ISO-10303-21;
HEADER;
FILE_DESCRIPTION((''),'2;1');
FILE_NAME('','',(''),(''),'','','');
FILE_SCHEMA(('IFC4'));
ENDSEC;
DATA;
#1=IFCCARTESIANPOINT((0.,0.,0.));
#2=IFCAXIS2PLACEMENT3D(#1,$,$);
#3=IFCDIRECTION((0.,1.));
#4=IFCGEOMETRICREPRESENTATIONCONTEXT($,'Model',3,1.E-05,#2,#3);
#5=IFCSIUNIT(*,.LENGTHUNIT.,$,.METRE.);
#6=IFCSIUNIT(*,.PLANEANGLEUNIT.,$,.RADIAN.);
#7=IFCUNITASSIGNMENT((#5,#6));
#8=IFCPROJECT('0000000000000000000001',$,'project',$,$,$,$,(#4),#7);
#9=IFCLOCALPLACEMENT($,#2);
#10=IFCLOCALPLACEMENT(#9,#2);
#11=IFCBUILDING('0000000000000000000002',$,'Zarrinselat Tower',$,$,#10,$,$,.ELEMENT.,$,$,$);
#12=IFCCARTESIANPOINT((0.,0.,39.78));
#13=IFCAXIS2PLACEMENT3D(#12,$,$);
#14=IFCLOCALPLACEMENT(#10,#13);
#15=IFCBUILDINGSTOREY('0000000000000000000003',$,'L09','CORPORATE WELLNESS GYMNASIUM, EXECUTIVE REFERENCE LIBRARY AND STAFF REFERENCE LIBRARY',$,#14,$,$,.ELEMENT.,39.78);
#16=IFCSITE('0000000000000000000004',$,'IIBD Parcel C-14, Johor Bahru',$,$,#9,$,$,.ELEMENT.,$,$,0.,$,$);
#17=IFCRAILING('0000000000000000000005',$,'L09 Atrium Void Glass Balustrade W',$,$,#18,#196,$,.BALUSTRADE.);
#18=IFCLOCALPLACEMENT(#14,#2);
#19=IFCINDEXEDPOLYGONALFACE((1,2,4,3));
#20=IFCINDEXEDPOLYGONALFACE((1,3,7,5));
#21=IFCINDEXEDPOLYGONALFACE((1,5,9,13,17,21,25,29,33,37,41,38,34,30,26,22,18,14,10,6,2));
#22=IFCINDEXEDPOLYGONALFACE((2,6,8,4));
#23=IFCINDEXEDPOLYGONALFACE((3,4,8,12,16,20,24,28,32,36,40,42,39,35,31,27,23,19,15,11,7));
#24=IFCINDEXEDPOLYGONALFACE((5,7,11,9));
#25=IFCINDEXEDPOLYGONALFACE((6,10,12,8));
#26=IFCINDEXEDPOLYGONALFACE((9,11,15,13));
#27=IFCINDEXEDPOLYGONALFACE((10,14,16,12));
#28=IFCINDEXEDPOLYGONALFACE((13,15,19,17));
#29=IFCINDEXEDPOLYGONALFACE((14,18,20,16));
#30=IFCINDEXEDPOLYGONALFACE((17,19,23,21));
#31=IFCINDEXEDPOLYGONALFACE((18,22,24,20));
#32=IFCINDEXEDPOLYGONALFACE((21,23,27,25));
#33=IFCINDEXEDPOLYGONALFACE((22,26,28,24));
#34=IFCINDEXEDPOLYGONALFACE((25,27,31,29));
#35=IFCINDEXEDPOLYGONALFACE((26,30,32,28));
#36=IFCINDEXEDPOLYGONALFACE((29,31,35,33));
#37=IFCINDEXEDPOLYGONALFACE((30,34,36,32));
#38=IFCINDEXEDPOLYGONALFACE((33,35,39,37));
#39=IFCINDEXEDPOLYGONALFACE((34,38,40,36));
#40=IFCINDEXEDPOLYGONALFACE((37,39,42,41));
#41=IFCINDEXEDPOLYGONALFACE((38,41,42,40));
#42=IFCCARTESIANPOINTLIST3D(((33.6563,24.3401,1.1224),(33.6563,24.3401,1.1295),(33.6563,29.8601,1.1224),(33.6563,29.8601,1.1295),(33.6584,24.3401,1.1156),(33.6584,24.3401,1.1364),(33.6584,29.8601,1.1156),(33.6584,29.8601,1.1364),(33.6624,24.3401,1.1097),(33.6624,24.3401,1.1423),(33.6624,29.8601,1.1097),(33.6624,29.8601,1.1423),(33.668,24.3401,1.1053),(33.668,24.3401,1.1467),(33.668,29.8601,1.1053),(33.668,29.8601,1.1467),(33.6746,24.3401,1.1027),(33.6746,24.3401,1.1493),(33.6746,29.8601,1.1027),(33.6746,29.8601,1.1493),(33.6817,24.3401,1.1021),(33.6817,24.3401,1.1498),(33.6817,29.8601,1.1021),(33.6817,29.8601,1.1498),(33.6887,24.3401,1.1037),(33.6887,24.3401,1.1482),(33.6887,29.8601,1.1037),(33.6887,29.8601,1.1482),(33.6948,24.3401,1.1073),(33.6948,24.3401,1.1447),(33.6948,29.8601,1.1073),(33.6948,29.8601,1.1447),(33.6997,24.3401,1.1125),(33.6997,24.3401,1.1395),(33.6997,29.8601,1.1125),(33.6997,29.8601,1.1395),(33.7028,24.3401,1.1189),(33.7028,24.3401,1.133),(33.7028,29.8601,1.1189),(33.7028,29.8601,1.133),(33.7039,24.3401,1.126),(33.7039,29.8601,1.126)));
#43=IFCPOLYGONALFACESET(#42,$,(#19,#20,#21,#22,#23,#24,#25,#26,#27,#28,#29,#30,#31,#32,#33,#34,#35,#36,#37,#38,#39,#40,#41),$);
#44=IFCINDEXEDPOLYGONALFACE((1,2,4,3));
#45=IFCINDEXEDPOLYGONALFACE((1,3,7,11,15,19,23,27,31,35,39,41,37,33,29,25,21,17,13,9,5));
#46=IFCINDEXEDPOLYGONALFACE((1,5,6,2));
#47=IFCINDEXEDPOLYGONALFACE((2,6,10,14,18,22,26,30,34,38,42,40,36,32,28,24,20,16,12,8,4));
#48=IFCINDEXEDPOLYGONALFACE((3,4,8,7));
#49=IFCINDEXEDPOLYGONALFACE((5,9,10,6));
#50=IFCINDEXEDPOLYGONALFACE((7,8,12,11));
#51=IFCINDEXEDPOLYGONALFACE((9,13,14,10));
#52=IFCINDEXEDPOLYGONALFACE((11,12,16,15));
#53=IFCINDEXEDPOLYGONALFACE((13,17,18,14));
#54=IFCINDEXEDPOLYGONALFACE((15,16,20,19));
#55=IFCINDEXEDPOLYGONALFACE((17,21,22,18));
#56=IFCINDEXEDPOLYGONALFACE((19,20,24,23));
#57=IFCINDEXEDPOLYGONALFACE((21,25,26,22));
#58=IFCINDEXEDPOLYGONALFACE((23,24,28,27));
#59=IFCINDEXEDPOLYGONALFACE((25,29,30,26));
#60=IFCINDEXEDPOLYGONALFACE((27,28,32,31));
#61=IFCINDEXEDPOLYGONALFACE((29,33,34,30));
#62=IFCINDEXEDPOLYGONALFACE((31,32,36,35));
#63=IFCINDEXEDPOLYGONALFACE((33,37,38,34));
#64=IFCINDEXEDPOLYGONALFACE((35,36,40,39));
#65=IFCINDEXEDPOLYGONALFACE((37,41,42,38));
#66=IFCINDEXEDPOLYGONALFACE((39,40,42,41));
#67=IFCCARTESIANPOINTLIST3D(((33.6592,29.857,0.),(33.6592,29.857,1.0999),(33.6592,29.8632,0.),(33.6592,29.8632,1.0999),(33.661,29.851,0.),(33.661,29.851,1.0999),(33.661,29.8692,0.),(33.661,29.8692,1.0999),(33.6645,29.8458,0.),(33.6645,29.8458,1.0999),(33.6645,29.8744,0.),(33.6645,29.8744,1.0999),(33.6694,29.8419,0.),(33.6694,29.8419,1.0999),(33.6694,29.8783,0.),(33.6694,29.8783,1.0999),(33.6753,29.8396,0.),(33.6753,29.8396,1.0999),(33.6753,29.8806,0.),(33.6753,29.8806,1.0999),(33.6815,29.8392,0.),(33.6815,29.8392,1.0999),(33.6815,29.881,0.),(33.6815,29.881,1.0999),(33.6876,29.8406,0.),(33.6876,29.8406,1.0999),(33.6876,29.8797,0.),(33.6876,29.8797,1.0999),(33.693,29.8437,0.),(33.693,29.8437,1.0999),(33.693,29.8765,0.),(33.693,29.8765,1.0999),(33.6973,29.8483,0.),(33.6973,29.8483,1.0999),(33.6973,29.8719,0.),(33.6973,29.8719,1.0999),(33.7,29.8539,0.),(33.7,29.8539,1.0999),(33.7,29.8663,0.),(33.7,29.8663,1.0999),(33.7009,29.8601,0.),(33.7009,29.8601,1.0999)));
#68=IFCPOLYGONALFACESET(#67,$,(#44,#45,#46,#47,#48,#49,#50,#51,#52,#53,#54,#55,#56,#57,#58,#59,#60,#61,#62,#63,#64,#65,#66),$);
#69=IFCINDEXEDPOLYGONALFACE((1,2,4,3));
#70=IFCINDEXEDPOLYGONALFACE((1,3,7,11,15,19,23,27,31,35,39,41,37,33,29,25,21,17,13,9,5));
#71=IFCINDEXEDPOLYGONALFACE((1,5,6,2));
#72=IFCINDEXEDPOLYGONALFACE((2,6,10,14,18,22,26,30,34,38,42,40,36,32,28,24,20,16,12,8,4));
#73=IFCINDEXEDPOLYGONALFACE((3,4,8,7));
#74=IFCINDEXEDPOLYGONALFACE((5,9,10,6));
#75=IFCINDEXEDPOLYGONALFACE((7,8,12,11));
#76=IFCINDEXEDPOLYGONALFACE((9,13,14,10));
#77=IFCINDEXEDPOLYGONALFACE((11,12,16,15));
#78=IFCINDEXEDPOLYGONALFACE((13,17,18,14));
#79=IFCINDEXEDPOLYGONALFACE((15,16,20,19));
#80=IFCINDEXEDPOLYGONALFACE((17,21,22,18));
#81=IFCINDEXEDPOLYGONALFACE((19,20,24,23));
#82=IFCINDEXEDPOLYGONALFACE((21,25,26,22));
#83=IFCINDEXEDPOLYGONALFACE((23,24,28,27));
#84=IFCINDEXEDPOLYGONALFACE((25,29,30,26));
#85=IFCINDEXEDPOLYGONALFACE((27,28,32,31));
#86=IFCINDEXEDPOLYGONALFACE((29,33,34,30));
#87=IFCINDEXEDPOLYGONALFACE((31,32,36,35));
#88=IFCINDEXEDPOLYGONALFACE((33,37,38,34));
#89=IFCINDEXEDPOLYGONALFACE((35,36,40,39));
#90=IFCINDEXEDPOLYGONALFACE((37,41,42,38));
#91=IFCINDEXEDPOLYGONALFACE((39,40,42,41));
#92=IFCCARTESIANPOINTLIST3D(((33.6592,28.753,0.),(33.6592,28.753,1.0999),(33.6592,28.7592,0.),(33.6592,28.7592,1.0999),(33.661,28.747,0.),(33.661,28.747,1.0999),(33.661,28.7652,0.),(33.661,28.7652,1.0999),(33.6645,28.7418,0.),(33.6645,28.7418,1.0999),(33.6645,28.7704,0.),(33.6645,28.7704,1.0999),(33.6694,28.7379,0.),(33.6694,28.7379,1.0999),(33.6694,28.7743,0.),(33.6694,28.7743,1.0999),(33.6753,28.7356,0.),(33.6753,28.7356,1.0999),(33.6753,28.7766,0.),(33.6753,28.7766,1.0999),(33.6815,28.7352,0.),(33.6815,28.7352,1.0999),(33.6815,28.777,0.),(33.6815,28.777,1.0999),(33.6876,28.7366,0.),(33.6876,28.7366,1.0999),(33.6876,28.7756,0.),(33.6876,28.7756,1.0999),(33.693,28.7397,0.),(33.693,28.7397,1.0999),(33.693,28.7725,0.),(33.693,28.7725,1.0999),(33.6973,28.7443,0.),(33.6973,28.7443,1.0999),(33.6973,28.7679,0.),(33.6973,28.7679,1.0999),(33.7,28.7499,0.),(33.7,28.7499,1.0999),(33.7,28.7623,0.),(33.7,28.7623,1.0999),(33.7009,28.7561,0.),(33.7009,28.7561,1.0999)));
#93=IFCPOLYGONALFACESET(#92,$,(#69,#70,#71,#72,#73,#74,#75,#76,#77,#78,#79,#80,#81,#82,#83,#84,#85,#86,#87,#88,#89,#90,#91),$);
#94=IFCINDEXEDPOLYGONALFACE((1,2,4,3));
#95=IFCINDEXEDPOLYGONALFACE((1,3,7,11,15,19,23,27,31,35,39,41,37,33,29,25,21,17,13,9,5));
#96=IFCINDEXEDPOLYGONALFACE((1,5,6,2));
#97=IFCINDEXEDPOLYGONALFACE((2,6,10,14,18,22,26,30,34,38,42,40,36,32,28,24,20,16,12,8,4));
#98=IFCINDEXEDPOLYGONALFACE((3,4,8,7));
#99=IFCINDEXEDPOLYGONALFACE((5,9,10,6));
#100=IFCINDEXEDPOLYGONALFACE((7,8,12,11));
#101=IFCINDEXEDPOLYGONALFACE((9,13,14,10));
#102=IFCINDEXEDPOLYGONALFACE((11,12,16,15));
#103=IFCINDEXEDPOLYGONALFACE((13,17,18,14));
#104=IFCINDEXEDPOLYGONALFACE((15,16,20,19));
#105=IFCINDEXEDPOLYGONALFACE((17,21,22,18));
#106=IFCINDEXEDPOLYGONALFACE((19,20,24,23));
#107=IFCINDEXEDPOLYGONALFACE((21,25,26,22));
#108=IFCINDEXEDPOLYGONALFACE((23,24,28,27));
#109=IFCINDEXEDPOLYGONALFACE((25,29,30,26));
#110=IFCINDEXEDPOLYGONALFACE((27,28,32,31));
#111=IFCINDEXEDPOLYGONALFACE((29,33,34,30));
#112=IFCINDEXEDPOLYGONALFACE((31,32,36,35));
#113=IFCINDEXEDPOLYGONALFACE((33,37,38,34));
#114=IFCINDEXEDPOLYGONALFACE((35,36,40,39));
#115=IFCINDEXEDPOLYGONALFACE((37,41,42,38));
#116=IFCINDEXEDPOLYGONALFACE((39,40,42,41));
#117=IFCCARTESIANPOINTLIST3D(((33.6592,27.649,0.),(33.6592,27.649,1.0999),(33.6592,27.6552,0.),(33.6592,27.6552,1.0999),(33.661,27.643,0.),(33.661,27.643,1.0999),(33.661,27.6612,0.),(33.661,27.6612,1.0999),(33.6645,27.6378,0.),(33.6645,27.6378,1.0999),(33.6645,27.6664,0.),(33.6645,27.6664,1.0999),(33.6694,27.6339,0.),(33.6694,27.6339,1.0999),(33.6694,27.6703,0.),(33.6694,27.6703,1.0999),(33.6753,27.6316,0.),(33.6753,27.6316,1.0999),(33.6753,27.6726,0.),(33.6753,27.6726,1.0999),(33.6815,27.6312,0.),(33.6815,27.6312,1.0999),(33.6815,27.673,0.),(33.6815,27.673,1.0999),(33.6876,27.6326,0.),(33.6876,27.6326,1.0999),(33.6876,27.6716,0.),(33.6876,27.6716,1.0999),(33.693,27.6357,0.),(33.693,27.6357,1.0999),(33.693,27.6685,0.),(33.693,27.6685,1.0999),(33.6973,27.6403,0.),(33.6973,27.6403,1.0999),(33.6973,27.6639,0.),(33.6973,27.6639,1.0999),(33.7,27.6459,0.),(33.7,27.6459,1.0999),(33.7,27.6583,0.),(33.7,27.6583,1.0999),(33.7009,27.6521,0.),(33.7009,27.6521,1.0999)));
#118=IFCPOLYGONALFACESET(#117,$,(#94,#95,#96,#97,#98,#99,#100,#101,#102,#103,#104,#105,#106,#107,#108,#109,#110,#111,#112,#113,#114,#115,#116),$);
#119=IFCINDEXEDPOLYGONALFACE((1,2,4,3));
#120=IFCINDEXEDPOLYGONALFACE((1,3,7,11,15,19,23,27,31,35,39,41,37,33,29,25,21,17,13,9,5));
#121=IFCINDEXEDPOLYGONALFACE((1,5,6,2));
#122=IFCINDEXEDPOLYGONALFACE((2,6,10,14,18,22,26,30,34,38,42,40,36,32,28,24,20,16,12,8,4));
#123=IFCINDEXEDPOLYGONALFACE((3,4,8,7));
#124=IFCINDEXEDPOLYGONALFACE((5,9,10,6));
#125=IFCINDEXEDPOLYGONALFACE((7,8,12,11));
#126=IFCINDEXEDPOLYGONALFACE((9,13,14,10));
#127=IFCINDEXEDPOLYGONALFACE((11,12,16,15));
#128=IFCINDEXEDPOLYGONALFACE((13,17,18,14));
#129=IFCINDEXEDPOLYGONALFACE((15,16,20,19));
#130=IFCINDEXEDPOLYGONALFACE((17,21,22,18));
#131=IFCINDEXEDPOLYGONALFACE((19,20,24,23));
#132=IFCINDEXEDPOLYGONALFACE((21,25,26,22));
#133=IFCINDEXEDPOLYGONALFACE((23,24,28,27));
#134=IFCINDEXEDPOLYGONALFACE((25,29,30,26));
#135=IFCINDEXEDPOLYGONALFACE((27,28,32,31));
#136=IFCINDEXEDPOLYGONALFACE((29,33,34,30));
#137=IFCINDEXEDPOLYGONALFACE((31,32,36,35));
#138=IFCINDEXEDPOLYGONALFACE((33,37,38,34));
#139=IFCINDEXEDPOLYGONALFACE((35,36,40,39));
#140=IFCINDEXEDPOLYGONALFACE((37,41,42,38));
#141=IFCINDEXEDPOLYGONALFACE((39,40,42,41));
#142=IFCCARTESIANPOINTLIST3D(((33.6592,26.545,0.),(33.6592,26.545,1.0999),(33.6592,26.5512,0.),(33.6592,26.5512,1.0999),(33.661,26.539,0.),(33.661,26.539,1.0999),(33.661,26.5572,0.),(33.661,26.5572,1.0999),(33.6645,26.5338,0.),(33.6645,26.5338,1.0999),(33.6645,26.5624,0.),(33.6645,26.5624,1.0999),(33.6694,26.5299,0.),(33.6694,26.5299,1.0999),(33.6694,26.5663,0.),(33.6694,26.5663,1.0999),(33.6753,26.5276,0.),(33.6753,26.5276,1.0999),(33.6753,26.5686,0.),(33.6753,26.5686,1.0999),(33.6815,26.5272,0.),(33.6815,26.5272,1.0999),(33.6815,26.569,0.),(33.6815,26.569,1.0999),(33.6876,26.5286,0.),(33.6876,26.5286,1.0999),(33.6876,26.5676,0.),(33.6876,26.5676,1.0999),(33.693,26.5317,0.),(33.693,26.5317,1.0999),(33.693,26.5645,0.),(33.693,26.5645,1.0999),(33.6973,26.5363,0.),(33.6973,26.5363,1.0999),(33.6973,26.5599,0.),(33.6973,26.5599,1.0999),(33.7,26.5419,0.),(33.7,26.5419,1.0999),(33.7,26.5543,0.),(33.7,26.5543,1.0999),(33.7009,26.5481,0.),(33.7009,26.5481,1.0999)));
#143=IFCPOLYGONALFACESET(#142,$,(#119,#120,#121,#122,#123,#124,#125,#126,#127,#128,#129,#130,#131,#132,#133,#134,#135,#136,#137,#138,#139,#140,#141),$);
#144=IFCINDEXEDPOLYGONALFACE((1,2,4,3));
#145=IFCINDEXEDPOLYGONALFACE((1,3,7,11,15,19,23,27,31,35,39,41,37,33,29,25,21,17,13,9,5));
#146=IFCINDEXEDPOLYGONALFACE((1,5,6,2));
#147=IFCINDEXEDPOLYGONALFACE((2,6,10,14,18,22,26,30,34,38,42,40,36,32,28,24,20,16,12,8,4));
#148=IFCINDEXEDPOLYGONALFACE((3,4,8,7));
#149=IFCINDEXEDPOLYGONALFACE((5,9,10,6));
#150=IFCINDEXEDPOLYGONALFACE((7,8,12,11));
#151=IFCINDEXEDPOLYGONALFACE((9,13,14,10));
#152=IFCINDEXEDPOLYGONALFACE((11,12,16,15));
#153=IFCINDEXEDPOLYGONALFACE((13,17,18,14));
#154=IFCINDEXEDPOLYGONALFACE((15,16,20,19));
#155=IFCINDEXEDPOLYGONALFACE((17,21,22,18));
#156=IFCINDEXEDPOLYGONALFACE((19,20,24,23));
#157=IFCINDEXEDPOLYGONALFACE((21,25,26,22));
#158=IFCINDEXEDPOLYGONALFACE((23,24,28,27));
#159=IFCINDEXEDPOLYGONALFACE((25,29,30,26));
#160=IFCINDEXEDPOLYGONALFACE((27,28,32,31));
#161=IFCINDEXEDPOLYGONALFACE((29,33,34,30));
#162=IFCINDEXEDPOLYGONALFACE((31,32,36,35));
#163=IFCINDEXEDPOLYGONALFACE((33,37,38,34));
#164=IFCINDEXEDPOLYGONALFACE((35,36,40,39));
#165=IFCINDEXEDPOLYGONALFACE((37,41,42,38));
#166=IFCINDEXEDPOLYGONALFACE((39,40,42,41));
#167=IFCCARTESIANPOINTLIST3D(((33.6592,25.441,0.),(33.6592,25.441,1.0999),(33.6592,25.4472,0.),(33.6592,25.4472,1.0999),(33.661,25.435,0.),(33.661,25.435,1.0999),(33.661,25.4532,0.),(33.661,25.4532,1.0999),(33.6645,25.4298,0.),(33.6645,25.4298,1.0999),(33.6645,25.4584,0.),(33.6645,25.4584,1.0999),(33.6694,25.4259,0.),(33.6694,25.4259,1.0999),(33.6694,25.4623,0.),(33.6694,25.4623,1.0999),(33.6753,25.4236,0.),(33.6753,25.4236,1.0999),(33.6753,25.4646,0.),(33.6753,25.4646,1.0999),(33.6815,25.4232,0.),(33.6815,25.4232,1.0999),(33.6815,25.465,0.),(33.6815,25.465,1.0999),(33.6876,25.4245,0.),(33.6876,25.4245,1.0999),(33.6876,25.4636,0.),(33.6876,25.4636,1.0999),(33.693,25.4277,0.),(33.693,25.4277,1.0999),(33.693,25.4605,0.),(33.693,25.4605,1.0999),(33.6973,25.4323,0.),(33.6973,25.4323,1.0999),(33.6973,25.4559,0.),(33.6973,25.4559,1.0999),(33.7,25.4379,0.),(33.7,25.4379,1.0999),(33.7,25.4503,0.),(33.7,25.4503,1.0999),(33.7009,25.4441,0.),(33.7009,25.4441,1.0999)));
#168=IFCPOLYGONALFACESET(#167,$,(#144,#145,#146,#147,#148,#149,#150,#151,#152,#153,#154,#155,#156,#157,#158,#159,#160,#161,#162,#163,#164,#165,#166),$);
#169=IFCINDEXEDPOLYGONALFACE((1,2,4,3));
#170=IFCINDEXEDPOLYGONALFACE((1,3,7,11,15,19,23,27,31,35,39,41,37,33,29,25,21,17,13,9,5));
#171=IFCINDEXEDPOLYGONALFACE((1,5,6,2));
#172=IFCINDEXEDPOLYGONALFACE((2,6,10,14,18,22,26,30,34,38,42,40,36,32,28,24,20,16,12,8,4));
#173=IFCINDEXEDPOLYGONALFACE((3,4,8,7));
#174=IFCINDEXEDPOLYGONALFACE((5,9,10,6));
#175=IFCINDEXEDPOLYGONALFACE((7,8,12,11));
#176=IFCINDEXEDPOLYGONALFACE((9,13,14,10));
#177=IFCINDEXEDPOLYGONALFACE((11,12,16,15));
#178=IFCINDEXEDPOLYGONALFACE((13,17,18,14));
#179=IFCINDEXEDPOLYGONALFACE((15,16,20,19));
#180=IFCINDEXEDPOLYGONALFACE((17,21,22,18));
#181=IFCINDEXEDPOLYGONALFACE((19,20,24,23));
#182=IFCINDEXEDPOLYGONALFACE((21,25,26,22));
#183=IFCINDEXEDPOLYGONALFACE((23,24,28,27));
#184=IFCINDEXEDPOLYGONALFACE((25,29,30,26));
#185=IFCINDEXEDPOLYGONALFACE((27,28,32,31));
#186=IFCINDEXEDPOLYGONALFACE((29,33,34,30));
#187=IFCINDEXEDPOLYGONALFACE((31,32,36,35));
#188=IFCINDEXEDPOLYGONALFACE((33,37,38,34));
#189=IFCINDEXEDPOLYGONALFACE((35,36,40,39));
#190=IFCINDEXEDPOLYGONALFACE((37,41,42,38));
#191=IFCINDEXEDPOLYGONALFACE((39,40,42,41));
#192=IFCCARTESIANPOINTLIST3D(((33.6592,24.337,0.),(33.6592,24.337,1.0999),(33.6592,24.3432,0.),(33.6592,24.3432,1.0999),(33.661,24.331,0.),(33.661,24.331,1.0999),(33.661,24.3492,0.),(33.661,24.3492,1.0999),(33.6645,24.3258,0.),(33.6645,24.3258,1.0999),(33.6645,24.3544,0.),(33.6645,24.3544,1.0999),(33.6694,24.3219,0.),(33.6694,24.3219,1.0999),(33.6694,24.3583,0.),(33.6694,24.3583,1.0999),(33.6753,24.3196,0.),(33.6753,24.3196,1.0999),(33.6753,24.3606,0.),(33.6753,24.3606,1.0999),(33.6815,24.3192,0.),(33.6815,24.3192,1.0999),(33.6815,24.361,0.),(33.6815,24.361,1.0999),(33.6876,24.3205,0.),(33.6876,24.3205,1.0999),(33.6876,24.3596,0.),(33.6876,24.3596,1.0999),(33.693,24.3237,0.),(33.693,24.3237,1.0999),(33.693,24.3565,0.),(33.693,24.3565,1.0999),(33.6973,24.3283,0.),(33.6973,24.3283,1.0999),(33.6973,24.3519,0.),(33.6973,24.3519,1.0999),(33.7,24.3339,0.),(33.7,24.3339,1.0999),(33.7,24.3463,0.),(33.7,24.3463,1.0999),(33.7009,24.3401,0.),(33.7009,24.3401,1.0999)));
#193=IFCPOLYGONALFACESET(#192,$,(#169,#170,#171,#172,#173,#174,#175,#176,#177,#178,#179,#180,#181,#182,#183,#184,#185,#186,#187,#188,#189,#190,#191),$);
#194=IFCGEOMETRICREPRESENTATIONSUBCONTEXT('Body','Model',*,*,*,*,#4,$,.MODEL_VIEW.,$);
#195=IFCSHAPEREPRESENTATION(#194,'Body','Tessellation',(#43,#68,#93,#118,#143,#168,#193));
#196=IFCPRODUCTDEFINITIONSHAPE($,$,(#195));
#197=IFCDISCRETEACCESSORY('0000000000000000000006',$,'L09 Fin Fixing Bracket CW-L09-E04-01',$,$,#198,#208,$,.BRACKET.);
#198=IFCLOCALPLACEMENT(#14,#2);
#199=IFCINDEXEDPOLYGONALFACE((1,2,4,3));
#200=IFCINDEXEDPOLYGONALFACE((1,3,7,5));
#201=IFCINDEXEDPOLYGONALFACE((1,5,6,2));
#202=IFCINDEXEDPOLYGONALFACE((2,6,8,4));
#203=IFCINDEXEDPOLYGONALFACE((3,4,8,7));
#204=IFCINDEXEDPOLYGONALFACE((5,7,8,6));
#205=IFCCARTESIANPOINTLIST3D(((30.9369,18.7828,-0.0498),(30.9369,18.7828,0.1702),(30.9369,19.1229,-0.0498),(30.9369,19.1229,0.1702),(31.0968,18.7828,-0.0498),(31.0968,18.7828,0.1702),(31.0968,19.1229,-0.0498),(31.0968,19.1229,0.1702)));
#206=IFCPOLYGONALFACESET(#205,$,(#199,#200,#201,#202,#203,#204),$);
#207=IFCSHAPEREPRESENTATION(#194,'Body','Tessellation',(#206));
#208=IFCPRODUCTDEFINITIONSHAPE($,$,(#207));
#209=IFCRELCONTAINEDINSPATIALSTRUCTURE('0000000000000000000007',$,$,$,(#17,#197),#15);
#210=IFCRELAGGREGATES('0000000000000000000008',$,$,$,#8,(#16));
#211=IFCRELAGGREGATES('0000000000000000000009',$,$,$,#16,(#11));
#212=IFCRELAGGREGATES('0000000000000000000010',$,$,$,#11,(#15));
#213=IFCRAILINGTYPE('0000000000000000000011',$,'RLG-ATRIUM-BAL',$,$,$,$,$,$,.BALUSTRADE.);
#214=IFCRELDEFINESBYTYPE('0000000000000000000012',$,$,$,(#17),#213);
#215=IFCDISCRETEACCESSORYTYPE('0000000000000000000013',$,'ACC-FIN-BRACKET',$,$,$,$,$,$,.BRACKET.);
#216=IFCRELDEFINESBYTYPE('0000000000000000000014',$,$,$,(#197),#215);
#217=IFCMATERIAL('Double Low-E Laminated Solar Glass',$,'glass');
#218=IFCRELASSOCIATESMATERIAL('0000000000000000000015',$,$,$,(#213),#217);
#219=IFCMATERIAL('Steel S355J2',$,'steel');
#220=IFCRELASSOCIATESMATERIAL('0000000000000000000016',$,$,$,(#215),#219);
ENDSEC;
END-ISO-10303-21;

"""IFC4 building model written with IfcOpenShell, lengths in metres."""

from ifc_helpers import new_model, si_unit, direction, frame, origin, origin_2d, place, context, subcontext, project, spatial, rectangle, circle, extrude, material, type_object, element, save


model = new_model("IFC4")

# Units and contexts
model_context = context("Model", 3, precision=1e-05, world=origin(), true_north=direction((0.0, 1.0)))
body_context = subcontext(model_context, "Body", "Model", "MODEL_VIEW")
ifc_project = project(units=[si_unit("LENGTHUNIT", "METRE"), si_unit("PLANEANGLEUNIT", "RADIAN")], contexts=[model_context])

# Site, building, storey
site_placement = place(None, origin())
site = spatial("IfcSite", under=ifc_project, at=site_placement, Name="IIBD Parcel C-14, Johor Bahru", CompositionType="ELEMENT", RefElevation=0.0)
building_placement = place(site_placement, origin())
building = spatial("IfcBuilding", under=site, at=building_placement, Name="Zarrinselat Tower", CompositionType="ELEMENT")
storey_placement = place(building_placement, frame((0.0, 0.0, 39.78)))
storey = spatial("IfcBuildingStorey", under=building, at=storey_placement, Name="L09", Description="CORPORATE WELLNESS GYMNASIUM, EXECUTIVE REFERENCE LIBRARY AND STAFF REFERENCE LIBRARY", CompositionType="ELEMENT", Elevation=39.78)

# Railing
ifc_material_1 = material(Name="Double Low-E Laminated Solar Glass", Category="glass")
railing_type = type_object("IfcRailingType", Name="RLG-ATRIUM-BAL", PredefinedType="BALUSTRADE", material=ifc_material_1)
railing_1_placement = place(storey_placement, frame((33.6799, 29.8601, 0.0)))
element("IfcRailing", 1, at=railing_1_placement, inside=storey, type_object=railing_type, Name="L09 Atrium Void Glass Balustrade W", PredefinedType="BALUSTRADE", context=body_context, shape_type="SweptSolid", body=[
    extrude(circle(Radius=0.0239, at=origin_2d()), frame((0.0, 0.0, 1.126), z_axis=(0.0, -1.0, 0.0), x_axis=(1.0, 0.0, 0.0)), (0.0, 0.0, 1.0), 5.52),
    extrude(circle(Radius=0.021, at=origin_2d()), origin(), (0.0, 0.0, 1.0), 1.0999),
    extrude(circle(Radius=0.021, at=origin_2d()), frame((0.0, -1.104, 0.0)), (0.0, 0.0, 1.0), 1.0999),
    extrude(circle(Radius=0.021, at=origin_2d()), frame((0.0, -2.208, 0.0)), (0.0, 0.0, 1.0), 1.0999),
    extrude(circle(Radius=0.021, at=origin_2d()), frame((0.0, -3.312, 0.0)), (0.0, 0.0, 1.0), 1.0999),
    extrude(circle(Radius=0.021, at=origin_2d()), frame((0.0, -4.416, 0.0)), (0.0, 0.0, 1.0), 1.0999),
    extrude(circle(Radius=0.021, at=origin_2d()), frame((0.0, -5.52, 0.0)), (0.0, 0.0, 1.0), 1.0999),
])

# Discrete accessory
ifc_material_2 = material(Name="Steel S355J2", Category="steel")
discrete_accessory_type = type_object("IfcDiscreteAccessoryType", Name="ACC-FIN-BRACKET", PredefinedType="BRACKET", material=ifc_material_2)
discrete_accessory_placement = place(storey_placement, frame((31.0168, 18.9529, -0.0498), z_axis=(0.0, 0.0, 1.0), x_axis=(0.0, -1.0, 0.0)))
element("IfcDiscreteAccessory", 2, at=discrete_accessory_placement, inside=storey, type_object=discrete_accessory_type, Name="L09 Fin Fixing Bracket CW-L09-E04-01", PredefinedType="BRACKET", context=body_context, shape_type="SweptSolid", body=[
    extrude(rectangle(XDim=0.3401, YDim=0.1599, at=origin_2d()), origin(), (0.0, 0.0, 1.0), 0.22),
])

save(model, "model.ifc")
